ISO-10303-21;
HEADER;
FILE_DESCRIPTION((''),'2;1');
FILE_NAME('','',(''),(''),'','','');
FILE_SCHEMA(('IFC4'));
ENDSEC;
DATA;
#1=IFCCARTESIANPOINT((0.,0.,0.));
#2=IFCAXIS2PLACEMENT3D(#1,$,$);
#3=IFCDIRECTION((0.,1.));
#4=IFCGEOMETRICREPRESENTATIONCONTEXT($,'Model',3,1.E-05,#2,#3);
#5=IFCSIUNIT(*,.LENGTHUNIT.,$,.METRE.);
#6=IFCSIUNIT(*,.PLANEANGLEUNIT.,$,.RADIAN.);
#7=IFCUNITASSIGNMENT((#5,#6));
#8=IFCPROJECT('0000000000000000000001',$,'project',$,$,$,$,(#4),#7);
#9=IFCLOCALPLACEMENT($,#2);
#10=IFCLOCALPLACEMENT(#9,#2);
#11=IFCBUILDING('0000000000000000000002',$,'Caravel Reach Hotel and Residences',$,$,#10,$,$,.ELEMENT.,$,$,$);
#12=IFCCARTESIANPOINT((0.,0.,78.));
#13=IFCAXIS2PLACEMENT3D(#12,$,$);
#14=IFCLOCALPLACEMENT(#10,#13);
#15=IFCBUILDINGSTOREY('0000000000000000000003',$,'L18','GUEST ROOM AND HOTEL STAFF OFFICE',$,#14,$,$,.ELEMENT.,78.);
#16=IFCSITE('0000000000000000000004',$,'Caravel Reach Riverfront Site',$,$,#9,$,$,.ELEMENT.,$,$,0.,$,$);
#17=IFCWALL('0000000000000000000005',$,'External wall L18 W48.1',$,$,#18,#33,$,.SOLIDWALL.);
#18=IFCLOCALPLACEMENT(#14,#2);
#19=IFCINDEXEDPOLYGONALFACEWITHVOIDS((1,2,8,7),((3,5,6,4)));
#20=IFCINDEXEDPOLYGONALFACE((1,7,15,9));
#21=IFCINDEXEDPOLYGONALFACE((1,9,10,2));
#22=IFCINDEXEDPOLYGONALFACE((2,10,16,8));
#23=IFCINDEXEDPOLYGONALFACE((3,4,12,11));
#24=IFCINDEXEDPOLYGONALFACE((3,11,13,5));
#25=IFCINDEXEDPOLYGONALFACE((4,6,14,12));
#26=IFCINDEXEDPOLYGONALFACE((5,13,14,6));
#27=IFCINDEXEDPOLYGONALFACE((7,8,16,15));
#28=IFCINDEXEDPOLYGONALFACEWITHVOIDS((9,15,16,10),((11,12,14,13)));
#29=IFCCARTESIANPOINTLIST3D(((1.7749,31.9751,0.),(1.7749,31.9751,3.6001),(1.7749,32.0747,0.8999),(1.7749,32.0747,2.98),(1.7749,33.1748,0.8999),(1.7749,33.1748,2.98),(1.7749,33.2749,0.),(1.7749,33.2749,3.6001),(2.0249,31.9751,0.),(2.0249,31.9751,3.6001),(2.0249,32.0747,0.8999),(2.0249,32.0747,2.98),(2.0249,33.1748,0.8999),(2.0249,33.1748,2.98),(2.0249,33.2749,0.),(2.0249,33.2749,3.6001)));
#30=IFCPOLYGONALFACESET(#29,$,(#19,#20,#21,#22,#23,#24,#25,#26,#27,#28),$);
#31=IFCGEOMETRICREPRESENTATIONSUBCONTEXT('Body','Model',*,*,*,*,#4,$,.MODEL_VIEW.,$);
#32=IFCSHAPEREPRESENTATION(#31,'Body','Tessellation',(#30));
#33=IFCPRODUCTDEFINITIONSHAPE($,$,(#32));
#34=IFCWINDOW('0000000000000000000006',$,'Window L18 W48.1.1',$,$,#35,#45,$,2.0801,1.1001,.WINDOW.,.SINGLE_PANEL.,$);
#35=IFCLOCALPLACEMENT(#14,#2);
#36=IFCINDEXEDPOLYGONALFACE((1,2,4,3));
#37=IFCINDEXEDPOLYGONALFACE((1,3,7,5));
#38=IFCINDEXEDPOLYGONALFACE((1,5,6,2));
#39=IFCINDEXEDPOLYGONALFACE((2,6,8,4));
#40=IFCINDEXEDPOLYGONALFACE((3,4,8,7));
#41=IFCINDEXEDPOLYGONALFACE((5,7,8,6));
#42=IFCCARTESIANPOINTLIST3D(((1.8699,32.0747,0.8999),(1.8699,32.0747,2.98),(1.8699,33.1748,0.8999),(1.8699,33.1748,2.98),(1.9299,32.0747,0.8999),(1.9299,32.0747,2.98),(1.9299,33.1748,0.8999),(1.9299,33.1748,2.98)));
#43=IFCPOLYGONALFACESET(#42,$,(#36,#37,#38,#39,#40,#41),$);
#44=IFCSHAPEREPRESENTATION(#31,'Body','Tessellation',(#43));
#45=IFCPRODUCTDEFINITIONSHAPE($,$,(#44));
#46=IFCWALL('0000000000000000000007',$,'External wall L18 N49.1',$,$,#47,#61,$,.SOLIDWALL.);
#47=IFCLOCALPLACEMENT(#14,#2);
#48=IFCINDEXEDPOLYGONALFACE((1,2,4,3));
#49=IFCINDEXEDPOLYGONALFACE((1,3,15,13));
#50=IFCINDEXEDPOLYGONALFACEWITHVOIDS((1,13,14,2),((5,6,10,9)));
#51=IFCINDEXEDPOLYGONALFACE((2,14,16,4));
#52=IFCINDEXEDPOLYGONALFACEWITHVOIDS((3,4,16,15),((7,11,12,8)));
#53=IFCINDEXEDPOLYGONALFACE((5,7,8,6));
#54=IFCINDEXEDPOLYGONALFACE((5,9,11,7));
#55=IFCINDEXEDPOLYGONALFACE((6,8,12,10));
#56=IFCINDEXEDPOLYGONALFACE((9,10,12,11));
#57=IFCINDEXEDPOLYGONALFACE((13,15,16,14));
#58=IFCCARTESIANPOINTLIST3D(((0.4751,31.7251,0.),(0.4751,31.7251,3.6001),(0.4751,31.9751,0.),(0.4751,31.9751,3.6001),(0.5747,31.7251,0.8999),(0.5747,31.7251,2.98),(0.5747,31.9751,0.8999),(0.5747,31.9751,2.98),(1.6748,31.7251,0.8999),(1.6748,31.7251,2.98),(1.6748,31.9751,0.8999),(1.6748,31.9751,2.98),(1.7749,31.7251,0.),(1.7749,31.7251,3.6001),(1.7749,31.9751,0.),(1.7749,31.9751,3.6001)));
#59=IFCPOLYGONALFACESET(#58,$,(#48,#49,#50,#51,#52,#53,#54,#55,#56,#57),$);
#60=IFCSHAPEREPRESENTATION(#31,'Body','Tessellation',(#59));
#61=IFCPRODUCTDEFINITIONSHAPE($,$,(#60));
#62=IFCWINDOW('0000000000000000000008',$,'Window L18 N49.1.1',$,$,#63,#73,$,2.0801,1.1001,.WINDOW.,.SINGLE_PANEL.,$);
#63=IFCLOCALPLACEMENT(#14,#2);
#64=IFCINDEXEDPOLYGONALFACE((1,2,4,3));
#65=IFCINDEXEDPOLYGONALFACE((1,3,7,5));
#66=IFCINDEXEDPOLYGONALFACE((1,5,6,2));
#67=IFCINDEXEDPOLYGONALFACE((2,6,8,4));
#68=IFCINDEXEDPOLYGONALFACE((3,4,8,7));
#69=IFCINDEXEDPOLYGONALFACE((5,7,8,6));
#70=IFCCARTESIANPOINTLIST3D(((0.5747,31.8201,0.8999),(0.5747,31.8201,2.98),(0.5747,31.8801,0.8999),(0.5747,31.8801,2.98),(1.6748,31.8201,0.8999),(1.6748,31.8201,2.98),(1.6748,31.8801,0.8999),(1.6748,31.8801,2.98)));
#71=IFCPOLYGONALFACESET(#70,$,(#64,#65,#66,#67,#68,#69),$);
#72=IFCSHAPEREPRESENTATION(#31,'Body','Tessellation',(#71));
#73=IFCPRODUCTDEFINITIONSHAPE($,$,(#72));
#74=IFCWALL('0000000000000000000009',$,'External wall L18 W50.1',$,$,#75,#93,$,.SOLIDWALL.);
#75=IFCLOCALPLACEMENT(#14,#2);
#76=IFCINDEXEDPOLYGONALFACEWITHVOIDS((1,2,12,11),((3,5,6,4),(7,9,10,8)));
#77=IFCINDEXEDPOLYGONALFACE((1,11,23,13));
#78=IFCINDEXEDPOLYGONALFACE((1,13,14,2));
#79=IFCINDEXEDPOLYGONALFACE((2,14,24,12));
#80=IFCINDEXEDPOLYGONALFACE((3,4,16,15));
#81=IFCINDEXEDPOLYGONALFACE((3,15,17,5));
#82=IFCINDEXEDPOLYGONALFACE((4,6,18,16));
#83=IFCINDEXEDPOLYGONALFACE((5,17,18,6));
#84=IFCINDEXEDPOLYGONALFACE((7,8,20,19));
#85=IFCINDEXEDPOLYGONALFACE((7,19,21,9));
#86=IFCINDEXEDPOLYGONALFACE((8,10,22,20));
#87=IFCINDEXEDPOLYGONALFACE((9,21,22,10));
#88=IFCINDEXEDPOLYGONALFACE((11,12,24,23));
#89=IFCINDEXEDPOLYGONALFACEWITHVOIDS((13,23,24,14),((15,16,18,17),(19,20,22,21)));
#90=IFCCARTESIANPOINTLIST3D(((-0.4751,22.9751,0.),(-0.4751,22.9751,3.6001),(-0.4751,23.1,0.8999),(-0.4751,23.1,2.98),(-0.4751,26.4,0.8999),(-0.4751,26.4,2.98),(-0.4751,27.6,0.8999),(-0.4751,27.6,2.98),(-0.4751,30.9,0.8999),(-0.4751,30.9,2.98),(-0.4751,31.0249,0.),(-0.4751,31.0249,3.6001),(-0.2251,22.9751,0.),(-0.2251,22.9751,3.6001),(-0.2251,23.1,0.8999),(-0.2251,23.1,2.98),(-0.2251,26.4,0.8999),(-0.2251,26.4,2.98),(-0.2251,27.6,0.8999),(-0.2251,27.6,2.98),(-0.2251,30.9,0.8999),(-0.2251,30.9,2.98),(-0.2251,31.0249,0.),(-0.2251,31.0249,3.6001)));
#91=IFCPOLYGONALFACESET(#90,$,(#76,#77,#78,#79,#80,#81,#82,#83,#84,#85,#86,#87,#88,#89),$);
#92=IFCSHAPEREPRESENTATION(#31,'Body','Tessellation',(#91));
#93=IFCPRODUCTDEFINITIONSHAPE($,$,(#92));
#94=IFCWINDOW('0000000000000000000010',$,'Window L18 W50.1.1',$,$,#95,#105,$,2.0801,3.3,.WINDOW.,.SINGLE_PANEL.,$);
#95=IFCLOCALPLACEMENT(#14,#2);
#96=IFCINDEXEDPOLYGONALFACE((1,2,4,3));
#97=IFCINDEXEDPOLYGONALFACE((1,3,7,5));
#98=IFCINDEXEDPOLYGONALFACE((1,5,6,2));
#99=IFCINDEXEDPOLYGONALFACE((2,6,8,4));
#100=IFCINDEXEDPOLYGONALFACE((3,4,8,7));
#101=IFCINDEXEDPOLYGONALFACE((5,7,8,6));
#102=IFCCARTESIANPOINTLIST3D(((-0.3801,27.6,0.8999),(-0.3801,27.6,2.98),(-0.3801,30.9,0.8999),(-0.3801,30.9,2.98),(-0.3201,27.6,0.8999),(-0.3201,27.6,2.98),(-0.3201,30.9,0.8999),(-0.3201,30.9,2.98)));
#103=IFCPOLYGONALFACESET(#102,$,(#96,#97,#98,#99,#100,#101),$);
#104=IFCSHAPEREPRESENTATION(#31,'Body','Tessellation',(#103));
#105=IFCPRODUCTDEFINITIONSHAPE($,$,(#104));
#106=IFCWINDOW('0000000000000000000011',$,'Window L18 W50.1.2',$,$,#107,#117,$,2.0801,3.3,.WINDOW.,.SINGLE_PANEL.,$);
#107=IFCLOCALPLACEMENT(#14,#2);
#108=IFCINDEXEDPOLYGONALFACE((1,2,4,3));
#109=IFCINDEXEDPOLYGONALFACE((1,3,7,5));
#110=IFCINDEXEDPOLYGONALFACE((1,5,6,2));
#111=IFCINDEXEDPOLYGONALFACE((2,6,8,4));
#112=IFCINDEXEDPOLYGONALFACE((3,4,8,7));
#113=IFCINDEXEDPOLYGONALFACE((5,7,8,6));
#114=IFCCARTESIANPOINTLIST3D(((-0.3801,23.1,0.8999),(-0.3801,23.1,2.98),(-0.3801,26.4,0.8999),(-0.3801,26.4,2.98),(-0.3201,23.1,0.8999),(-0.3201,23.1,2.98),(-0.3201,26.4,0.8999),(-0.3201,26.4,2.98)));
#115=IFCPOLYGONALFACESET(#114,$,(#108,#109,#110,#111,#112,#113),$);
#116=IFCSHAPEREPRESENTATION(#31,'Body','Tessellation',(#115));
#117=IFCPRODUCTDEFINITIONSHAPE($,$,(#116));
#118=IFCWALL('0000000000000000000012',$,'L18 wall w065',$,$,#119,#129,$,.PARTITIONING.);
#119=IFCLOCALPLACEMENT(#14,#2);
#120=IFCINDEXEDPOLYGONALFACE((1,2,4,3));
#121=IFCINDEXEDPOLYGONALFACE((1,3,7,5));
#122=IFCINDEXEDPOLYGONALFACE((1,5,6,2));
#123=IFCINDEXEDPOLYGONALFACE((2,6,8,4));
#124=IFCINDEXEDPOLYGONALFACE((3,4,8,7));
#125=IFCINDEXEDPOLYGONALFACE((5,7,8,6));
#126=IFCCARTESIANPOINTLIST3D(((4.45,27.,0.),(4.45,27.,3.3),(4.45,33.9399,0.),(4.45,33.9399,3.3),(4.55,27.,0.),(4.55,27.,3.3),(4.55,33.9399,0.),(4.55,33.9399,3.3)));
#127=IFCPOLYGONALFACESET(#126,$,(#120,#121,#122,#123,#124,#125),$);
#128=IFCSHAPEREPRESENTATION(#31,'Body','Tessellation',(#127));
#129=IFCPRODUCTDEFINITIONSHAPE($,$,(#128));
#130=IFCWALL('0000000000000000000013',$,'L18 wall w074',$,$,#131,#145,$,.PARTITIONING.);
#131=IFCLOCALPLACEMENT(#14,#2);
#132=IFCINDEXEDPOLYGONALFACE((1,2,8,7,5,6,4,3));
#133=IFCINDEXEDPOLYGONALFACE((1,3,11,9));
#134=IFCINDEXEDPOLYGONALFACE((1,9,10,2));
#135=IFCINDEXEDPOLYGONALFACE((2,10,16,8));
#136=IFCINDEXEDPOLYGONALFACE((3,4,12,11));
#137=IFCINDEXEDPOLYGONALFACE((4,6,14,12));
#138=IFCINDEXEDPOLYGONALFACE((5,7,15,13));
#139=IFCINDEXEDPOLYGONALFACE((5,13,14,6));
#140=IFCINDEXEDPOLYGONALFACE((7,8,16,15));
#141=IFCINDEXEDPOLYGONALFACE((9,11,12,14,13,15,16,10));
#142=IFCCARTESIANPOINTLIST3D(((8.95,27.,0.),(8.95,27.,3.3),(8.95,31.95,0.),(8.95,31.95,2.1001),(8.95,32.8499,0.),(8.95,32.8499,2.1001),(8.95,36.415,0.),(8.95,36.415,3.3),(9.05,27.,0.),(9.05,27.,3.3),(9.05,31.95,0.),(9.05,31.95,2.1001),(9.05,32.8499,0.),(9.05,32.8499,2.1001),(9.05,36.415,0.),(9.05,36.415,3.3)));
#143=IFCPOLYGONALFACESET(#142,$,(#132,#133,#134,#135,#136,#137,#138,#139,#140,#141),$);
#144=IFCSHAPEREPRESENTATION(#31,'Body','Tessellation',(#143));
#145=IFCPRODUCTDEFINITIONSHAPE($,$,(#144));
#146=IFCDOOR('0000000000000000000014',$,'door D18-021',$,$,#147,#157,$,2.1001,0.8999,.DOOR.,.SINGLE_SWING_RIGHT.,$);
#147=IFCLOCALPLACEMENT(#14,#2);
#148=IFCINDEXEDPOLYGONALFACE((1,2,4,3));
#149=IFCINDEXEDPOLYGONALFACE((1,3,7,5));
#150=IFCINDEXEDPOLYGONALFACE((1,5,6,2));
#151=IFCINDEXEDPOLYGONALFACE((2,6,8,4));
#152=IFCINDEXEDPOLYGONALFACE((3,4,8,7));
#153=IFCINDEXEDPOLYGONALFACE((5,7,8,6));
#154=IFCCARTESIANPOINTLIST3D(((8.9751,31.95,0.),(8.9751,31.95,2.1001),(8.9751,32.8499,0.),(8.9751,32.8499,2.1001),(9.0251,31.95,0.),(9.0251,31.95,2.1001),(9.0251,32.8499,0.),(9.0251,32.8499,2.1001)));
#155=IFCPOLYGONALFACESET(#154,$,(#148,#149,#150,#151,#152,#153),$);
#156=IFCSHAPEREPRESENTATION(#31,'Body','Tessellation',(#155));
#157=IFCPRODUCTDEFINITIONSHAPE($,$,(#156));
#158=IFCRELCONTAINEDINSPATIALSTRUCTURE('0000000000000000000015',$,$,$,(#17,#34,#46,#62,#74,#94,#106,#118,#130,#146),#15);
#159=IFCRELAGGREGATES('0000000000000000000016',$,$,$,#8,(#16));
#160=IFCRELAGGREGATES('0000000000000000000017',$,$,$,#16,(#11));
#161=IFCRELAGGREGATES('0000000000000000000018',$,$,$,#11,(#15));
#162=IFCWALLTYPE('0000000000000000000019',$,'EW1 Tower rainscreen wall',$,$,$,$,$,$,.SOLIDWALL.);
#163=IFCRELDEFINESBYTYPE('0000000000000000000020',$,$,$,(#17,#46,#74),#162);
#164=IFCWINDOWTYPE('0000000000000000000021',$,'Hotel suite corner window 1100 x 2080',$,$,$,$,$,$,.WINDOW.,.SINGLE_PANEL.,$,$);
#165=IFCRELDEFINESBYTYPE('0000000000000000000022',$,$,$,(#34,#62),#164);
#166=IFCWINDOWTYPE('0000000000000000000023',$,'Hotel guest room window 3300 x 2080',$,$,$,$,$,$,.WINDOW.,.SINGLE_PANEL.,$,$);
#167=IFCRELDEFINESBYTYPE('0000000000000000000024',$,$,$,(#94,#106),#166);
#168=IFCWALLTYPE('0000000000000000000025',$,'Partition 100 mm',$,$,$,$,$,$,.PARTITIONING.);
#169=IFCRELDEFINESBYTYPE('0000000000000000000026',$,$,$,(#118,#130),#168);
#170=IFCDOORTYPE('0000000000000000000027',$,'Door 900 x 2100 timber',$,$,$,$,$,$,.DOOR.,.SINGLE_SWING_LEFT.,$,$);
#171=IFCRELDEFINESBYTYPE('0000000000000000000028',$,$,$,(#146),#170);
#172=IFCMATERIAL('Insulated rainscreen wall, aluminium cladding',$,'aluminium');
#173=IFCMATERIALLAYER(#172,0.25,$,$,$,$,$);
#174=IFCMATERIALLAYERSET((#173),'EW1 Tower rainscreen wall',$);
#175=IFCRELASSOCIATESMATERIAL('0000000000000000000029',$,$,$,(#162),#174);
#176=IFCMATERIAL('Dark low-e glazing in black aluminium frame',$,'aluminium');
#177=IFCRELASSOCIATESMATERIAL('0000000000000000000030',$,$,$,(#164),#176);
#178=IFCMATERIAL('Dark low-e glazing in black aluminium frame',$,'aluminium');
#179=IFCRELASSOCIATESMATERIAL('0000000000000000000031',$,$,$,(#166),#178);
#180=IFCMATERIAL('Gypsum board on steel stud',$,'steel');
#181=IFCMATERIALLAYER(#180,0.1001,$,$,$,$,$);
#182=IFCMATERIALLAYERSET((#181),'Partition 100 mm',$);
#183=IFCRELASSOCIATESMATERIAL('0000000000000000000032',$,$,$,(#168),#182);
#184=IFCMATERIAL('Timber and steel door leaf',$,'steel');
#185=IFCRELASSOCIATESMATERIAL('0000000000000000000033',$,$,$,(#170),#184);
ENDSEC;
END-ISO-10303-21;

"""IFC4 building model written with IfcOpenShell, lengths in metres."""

from ifc_helpers import new_model, si_unit, direction, frame, frame_2d, origin, place, context, subcontext, project, spatial, rectangle, extrude, material, layer, layer_set, type_object, element, fill, save


model = new_model("IFC4")

# Units and contexts
model_context = context("Model", 3, precision=1e-05, world=origin(), true_north=direction((0.0, 1.0)))
body_context = subcontext(model_context, "Body", "Model", "MODEL_VIEW")
ifc_project = project(units=[si_unit("LENGTHUNIT", "METRE"), si_unit("PLANEANGLEUNIT", "RADIAN")], contexts=[model_context])

# Site, building, storey
site_placement = place(None, origin())
site = spatial("IfcSite", under=ifc_project, at=site_placement, Name="Caravel Reach Riverfront Site", CompositionType="ELEMENT", RefElevation=0.0)
building_placement = place(site_placement, origin())
building = spatial("IfcBuilding", under=site, at=building_placement, Name="Caravel Reach Hotel and Residences", CompositionType="ELEMENT")
storey_placement = place(building_placement, frame((0.0, 0.0, 78.0)))
storey = spatial("IfcBuildingStorey", under=building, at=storey_placement, Name="L18", Description="GUEST ROOM AND HOTEL STAFF OFFICE", CompositionType="ELEMENT", Elevation=78.0)

# Walls, openings, windows
ifc_material_1 = material(Name="Insulated rainscreen wall, aluminium cladding", Category="aluminium")
ifc_layer_1 = layer(ifc_material_1, 0.25)
ifc_layer_set_1 = layer_set([ifc_layer_1], Name="EW1 Tower rainscreen wall")
wall_type_1 = type_object("IfcWallType", Name="EW1 Tower rainscreen wall", PredefinedType="SOLIDWALL", material=ifc_layer_set_1)
ifc_material_2 = material(Name="Dark low-e glazing in black aluminium frame", Category="aluminium")
window_type_1 = type_object("IfcWindowType", Name="Hotel suite corner window 1100 x 2080", PartitioningType="SINGLE_PANEL", PredefinedType="WINDOW", material=ifc_material_2)
wall_1_placement = place(storey_placement, frame((1.8999, 33.2749, 0.0), z_axis=(0.0, 0.0, 1.0), x_axis=(0.0, -1.0, 0.0)))
wall_1 = element("IfcWall", 1, at=wall_1_placement, inside=storey, type_object=wall_type_1, Name="External wall L18 W48.1", PredefinedType="SOLIDWALL", context=body_context, shape_type="SweptSolid", body=[
    extrude(rectangle(XDim=1.2998, YDim=0.25, at=frame_2d((0.6499, 0.0))), origin(), (0.0, 0.0, 1.0), 3.6001),
])
opening_1_placement = place(wall_1_placement, frame((0.1001, 0.0, 0.8999)))
opening_1 = element("IfcOpeningElement", 2, at=opening_1_placement, cuts=wall_1, PredefinedType="OPENING", context=body_context, shape_type="SweptSolid", body=[
    extrude(rectangle(XDim=1.1001, YDim=2.0801, at=frame_2d((0.55, 1.04))), frame((0.0, 0.135, 0.0), z_axis=(0.0, -1.0, 0.0), x_axis=(1.0, 0.0, 0.0)), (0.0, 0.0, 1.0), 0.27),
])
window_1_placement = place(opening_1_placement, origin())
window_1 = element("IfcWindow", 3, at=window_1_placement, inside=storey, type_object=window_type_1, Name="Window L18 W48.1.1", OverallHeight=2.0801, OverallWidth=1.1001, PartitioningType="SINGLE_PANEL", PredefinedType="WINDOW", context=body_context, shape_type="SweptSolid", body=[
    extrude(rectangle(XDim=1.1001, YDim=2.0801, at=frame_2d((0.55, 1.04))), frame((0.0, 0.03, 0.0), z_axis=(0.0, -1.0, 0.0), x_axis=(1.0, 0.0, 0.0)), (0.0, 0.0, 1.0), 0.0601),
])
fill(opening_1, window_1)
wall_2_placement = place(storey_placement, frame((1.7749, 31.8501, 0.0), z_axis=(0.0, 0.0, 1.0), x_axis=(-1.0, 0.0, 0.0)))
wall_2 = element("IfcWall", 4, at=wall_2_placement, inside=storey, type_object=wall_type_1, Name="External wall L18 N49.1", PredefinedType="SOLIDWALL", context=body_context, shape_type="SweptSolid", body=[
    extrude(rectangle(XDim=1.2998, YDim=0.25, at=frame_2d((0.6499, 0.0))), origin(), (0.0, 0.0, 1.0), 3.6001),
])
opening_2_placement = place(wall_2_placement, frame((0.1001, 0.0, 0.8999)))
opening_2 = element("IfcOpeningElement", 5, at=opening_2_placement, cuts=wall_2, PredefinedType="OPENING", context=body_context, shape_type="SweptSolid", body=[
    extrude(rectangle(XDim=1.1001, YDim=2.0801, at=frame_2d((0.55, 1.04))), frame((0.0, 0.135, 0.0), z_axis=(0.0, -1.0, 0.0), x_axis=(1.0, 0.0, 0.0)), (0.0, 0.0, 1.0), 0.27),
])
window_2_placement = place(opening_2_placement, origin())
window_2 = element("IfcWindow", 6, at=window_2_placement, inside=storey, type_object=window_type_1, Name="Window L18 N49.1.1", OverallHeight=2.0801, OverallWidth=1.1001, PartitioningType="SINGLE_PANEL", PredefinedType="WINDOW", context=body_context, shape_type="SweptSolid", body=[
    extrude(rectangle(XDim=1.1001, YDim=2.0801, at=frame_2d((0.55, 1.04))), frame((0.0, 0.03, 0.0), z_axis=(0.0, -1.0, 0.0), x_axis=(1.0, 0.0, 0.0)), (0.0, 0.0, 1.0), 0.0601),
])
fill(opening_2, window_2)

# Wall, openings, windows
wall_3_placement = place(storey_placement, frame((-0.3501, 31.0249, 0.0), z_axis=(0.0, 0.0, 1.0), x_axis=(0.0, -1.0, 0.0)))
wall_3 = element("IfcWall", 7, at=wall_3_placement, inside=storey, type_object=wall_type_1, Name="External wall L18 W50.1", PredefinedType="SOLIDWALL", context=body_context, shape_type="SweptSolid", body=[
    extrude(rectangle(XDim=8.0498, YDim=0.25, at=frame_2d((4.0249, 0.0))), origin(), (0.0, 0.0, 1.0), 3.6001),
])
opening_3_placement = place(wall_3_placement, frame((0.125, 0.0, 0.8999)))
opening_3 = element("IfcOpeningElement", 8, at=opening_3_placement, cuts=wall_3, PredefinedType="OPENING", context=body_context, shape_type="SweptSolid", body=[
    extrude(rectangle(XDim=3.3, YDim=2.0801, at=frame_2d((1.6499, 1.04))), frame((0.0, 0.135, 0.0), z_axis=(0.0, -1.0, 0.0), x_axis=(1.0, 0.0, 0.0)), (0.0, 0.0, 1.0), 0.27),
])
opening_4_placement = place(wall_3_placement, frame((4.625, 0.0, 0.8999)))
opening_4 = element("IfcOpeningElement", 9, at=opening_4_placement, cuts=wall_3, PredefinedType="OPENING", context=body_context, shape_type="SweptSolid", body=[
    extrude(rectangle(XDim=3.3, YDim=2.0801, at=frame_2d((1.6499, 1.04))), frame((0.0, 0.135, 0.0), z_axis=(0.0, -1.0, 0.0), x_axis=(1.0, 0.0, 0.0)), (0.0, 0.0, 1.0), 0.27),
])
ifc_material_3 = material(Name="Dark low-e glazing in black aluminium frame", Category="aluminium")
window_type_2 = type_object("IfcWindowType", Name="Hotel guest room window 3300 x 2080", PartitioningType="SINGLE_PANEL", PredefinedType="WINDOW", material=ifc_material_3)
window_3_placement = place(opening_3_placement, origin())
window_3 = element("IfcWindow", 10, at=window_3_placement, inside=storey, type_object=window_type_2, Name="Window L18 W50.1.1", OverallHeight=2.0801, OverallWidth=3.3, PartitioningType="SINGLE_PANEL", PredefinedType="WINDOW", context=body_context, shape_type="SweptSolid", body=[
    extrude(rectangle(XDim=3.3, YDim=2.0801, at=frame_2d((1.6499, 1.04))), frame((0.0, 0.03, 0.0), z_axis=(0.0, -1.0, 0.0), x_axis=(1.0, 0.0, 0.0)), (0.0, 0.0, 1.0), 0.0601),
])
fill(opening_3, window_3)
window_4_placement = place(opening_4_placement, origin())
window_4 = element("IfcWindow", 11, at=window_4_placement, inside=storey, type_object=window_type_2, Name="Window L18 W50.1.2", OverallHeight=2.0801, OverallWidth=3.3, PartitioningType="SINGLE_PANEL", PredefinedType="WINDOW", context=body_context, shape_type="SweptSolid", body=[
    extrude(rectangle(XDim=3.3, YDim=2.0801, at=frame_2d((1.6499, 1.04))), frame((0.0, 0.03, 0.0), z_axis=(0.0, -1.0, 0.0), x_axis=(1.0, 0.0, 0.0)), (0.0, 0.0, 1.0), 0.0601),
])
fill(opening_4, window_4)

# Wall
ifc_material_4 = material(Name="Gypsum board on steel stud", Category="steel")
ifc_layer_2 = layer(ifc_material_4, 0.1001)
ifc_layer_set_2 = layer_set([ifc_layer_2], Name="Partition 100 mm")
wall_type_2 = type_object("IfcWallType", Name="Partition 100 mm", PredefinedType="PARTITIONING", material=ifc_layer_set_2)
wall_4_placement = place(storey_placement, frame((4.5, 27.0, 0.0), z_axis=(0.0, 0.0, 1.0), x_axis=(0.0, 1.0, 0.0)))
element("IfcWall", 12, at=wall_4_placement, inside=storey, type_object=wall_type_2, Name="L18 wall w065", PredefinedType="PARTITIONING", context=body_context, shape_type="SweptSolid", body=[
    extrude(rectangle(XDim=6.9399, YDim=0.1001, at=frame_2d((3.47, 0.0))), origin(), (0.0, 0.0, 1.0), 3.3),
])

# Wall, opening, door
wall_5_placement = place(storey_placement, frame((9.0, 27.0, 0.0), z_axis=(0.0, 0.0, 1.0), x_axis=(0.0, 1.0, 0.0)))
wall_5 = element("IfcWall", 13, at=wall_5_placement, inside=storey, type_object=wall_type_2, Name="L18 wall w074", PredefinedType="PARTITIONING", context=body_context, shape_type="SweptSolid", body=[
    extrude(rectangle(XDim=9.415, YDim=0.1001, at=frame_2d((4.7075, 0.0))), origin(), (0.0, 0.0, 1.0), 3.3),
])
opening_5_placement = place(wall_5_placement, frame((4.95, 0.0, 0.0)))
opening_5 = element("IfcOpeningElement", 14, at=opening_5_placement, cuts=wall_5, PredefinedType="OPENING", context=body_context, shape_type="SweptSolid", body=[
    extrude(rectangle(XDim=0.8999, YDim=2.1001, at=frame_2d((0.45, 1.05))), frame((0.0, 0.0601, 0.0), z_axis=(0.0, -1.0, 0.0), x_axis=(1.0, 0.0, 0.0)), (0.0, 0.0, 1.0), 0.1201),
])
ifc_material_5 = material(Name="Timber and steel door leaf", Category="steel")
door_type_1 = type_object("IfcDoorType", Name="Door 900 x 2100 timber", OperationType="SINGLE_SWING_LEFT", PredefinedType="DOOR", material=ifc_material_5)
door_1_placement = place(opening_5_placement, origin())
door_1 = element("IfcDoor", 15, at=door_1_placement, inside=storey, type_object=door_type_1, Name="door D18-021", OperationType="SINGLE_SWING_RIGHT", OverallHeight=2.1001, OverallWidth=0.8999, PredefinedType="DOOR", context=body_context, shape_type="SweptSolid", body=[
    extrude(rectangle(XDim=0.8999, YDim=2.1001, at=frame_2d((0.45, 1.05))), frame((0.0, 0.0249, 0.0), z_axis=(0.0, -1.0, 0.0), x_axis=(1.0, 0.0, 0.0)), (0.0, 0.0, 1.0), 0.05),
])
fill(opening_5, door_1)

save(model, "model.ifc")
